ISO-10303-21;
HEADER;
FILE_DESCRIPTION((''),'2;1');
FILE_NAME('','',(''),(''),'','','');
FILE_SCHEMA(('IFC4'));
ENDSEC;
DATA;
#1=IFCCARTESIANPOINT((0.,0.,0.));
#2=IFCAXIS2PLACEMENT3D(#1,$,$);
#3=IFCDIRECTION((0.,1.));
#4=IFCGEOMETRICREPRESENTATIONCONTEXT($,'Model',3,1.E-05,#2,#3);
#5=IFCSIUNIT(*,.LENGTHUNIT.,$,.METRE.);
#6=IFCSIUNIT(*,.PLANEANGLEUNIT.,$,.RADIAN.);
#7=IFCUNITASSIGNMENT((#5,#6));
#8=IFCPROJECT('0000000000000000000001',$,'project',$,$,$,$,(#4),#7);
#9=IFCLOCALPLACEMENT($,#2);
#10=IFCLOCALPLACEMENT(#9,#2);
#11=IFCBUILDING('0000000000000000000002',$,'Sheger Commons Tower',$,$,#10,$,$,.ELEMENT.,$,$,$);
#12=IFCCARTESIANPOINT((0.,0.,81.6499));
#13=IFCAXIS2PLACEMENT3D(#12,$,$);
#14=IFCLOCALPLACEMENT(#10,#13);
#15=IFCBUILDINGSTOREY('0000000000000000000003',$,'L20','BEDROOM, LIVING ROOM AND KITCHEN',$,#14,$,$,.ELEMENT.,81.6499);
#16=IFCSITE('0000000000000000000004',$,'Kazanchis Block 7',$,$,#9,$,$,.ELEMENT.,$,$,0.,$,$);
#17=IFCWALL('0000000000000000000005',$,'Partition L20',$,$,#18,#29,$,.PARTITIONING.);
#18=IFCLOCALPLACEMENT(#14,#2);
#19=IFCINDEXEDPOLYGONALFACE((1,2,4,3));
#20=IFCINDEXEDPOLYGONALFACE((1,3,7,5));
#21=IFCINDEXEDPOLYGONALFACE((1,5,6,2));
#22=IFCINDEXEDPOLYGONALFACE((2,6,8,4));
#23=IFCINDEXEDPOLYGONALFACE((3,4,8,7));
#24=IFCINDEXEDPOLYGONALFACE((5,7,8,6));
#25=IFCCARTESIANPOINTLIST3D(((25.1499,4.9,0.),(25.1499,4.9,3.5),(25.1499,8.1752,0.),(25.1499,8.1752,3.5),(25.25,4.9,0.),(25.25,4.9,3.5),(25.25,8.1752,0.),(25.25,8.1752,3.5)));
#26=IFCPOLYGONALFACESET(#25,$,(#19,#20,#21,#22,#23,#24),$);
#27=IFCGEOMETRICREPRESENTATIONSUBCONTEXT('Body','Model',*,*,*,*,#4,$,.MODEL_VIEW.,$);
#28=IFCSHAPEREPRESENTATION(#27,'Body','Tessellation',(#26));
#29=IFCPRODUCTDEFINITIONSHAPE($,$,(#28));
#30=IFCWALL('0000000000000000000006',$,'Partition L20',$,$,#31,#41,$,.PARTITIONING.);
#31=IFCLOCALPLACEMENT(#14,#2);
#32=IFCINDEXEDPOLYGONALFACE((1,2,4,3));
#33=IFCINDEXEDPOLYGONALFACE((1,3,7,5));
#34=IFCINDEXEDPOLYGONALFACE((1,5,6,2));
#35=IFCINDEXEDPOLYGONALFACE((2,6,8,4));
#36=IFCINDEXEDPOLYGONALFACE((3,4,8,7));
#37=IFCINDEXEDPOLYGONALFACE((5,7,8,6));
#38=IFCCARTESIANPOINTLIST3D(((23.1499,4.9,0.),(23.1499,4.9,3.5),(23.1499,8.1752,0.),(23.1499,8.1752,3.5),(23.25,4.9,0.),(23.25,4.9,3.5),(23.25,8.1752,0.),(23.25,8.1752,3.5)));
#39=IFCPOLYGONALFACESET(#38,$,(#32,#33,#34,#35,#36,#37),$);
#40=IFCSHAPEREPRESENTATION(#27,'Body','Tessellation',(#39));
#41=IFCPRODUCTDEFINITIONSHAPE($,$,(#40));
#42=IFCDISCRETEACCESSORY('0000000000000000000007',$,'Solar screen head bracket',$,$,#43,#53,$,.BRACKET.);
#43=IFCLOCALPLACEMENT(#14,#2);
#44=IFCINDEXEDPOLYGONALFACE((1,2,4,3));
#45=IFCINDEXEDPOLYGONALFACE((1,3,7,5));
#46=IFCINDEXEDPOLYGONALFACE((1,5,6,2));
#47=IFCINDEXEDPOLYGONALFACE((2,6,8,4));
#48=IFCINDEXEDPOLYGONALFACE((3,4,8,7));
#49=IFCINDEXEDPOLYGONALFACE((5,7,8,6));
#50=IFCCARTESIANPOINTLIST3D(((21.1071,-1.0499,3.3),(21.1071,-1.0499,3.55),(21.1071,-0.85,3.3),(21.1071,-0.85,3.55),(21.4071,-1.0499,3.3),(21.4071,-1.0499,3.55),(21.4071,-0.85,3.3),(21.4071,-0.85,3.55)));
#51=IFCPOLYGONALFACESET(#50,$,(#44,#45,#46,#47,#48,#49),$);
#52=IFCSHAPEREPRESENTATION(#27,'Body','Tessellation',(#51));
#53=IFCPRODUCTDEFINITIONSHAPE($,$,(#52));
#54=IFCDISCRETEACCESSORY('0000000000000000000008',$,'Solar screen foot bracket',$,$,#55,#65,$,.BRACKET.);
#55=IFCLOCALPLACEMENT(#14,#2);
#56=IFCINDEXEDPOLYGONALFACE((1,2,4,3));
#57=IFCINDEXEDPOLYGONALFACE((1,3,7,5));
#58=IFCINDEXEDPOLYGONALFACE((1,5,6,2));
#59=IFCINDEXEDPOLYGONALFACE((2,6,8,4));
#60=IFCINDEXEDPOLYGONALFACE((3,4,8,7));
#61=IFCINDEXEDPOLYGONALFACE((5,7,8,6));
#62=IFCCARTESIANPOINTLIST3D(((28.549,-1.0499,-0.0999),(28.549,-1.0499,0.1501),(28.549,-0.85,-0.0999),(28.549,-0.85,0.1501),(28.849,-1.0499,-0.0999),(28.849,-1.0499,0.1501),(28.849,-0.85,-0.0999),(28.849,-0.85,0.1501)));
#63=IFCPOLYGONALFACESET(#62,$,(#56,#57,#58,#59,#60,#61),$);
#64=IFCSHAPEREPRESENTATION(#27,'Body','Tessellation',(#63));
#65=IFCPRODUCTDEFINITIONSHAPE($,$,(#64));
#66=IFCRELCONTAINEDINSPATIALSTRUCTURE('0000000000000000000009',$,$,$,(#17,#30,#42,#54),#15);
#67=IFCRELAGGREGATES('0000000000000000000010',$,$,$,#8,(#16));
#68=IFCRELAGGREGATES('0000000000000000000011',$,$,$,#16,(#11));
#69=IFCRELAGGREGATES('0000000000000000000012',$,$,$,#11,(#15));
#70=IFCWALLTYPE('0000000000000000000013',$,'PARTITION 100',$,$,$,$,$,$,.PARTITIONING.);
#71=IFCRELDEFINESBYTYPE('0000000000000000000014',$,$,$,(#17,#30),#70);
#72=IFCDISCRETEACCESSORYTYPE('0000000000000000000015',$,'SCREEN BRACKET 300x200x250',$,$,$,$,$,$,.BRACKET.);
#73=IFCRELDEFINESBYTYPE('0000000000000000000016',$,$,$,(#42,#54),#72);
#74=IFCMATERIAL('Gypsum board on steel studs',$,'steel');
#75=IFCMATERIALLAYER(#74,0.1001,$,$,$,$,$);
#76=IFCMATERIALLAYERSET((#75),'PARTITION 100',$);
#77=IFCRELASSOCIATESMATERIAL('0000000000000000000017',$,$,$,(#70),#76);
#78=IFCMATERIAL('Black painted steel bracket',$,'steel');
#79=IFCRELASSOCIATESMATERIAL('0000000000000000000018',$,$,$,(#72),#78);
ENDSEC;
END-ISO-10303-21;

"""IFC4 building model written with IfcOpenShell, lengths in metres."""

from ifc_helpers import new_model, si_unit, direction, frame, frame_2d, origin, origin_2d, place, context, subcontext, project, spatial, rectangle, extrude, material, layer, layer_set, type_object, element, save


model = new_model("IFC4")

# Units and contexts
model_context = context("Model", 3, precision=1e-05, world=origin(), true_north=direction((0.0, 1.0)))
body_context = subcontext(model_context, "Body", "Model", "MODEL_VIEW")
ifc_project = project(units=[si_unit("LENGTHUNIT", "METRE"), si_unit("PLANEANGLEUNIT", "RADIAN")], contexts=[model_context])

# Site, building, storey
site_placement = place(None, origin())
site = spatial("IfcSite", under=ifc_project, at=site_placement, Name="Kazanchis Block 7", CompositionType="ELEMENT", RefElevation=0.0)
building_placement = place(site_placement, origin())
building = spatial("IfcBuilding", under=site, at=building_placement, Name="Sheger Commons Tower", CompositionType="ELEMENT")
storey_placement = place(building_placement, frame((0.0, 0.0, 81.6499)))
storey = spatial("IfcBuildingStorey", under=building, at=storey_placement, Name="L20", Description="BEDROOM, LIVING ROOM AND KITCHEN", CompositionType="ELEMENT", Elevation=81.6499)

# Shared definitions
ifc_material_1 = material(Name="Gypsum board on steel studs", Category="steel")
ifc_layer_1 = layer(ifc_material_1, 0.1001)
ifc_layer_set_1 = layer_set([ifc_layer_1], Name="PARTITION 100")
wall_type = type_object("IfcWallType", Name="PARTITION 100", PredefinedType="PARTITIONING", material=ifc_layer_set_1)

# Walls
for number, where, z_axis, x_axis, name in (
    (1, (25.2, 4.8999, 0.0), (0.0, 0.0, 1.0), (0.0, 1.0, 0.0), "Partition L20"),
    (2, (23.2, 4.8999, 0.0), (0.0, 0.0, 1.0), (0.0, 1.0, 0.0), "Partition L20"),
):
    element("IfcWall", number, at=place(storey_placement, frame(where, z_axis=z_axis, x_axis=x_axis)), inside=storey, type_object=wall_type, Name=name, PredefinedType="PARTITIONING", context=body_context, shape_type="SweptSolid", body=[
        extrude(rectangle(XDim=3.2751, YDim=0.1001, at=frame_2d((1.6377, 0.0))), origin(), (0.0, 0.0, 1.0), 3.5),
    ])

# Discrete accessories
ifc_material_2 = material(Name="Black painted steel bracket", Category="steel")
discrete_accessory_type = type_object("IfcDiscreteAccessoryType", Name="SCREEN BRACKET 300x200x250", PredefinedType="BRACKET", material=ifc_material_2)
for number, where, z_axis, x_axis, name in (
    (3, (21.2571, -0.95, 3.3), (0.0, 0.0, 1.0), (1.0, 0.0, 0.0), "Solar screen head bracket"),
    (4, (28.699, -0.95, -0.0999), (0.0, 0.0, 1.0), (1.0, 0.0, 0.0), "Solar screen foot bracket"),
):
    element("IfcDiscreteAccessory", number, at=place(storey_placement, frame(where, z_axis=z_axis, x_axis=x_axis)), inside=storey, type_object=discrete_accessory_type, Name=name, PredefinedType="BRACKET", context=body_context, shape_type="SweptSolid", body=[
        extrude(rectangle(XDim=0.3, YDim=0.2, at=origin_2d()), origin(), (0.0, 0.0, 1.0), 0.25),
    ])

save(model, "model.ifc")
